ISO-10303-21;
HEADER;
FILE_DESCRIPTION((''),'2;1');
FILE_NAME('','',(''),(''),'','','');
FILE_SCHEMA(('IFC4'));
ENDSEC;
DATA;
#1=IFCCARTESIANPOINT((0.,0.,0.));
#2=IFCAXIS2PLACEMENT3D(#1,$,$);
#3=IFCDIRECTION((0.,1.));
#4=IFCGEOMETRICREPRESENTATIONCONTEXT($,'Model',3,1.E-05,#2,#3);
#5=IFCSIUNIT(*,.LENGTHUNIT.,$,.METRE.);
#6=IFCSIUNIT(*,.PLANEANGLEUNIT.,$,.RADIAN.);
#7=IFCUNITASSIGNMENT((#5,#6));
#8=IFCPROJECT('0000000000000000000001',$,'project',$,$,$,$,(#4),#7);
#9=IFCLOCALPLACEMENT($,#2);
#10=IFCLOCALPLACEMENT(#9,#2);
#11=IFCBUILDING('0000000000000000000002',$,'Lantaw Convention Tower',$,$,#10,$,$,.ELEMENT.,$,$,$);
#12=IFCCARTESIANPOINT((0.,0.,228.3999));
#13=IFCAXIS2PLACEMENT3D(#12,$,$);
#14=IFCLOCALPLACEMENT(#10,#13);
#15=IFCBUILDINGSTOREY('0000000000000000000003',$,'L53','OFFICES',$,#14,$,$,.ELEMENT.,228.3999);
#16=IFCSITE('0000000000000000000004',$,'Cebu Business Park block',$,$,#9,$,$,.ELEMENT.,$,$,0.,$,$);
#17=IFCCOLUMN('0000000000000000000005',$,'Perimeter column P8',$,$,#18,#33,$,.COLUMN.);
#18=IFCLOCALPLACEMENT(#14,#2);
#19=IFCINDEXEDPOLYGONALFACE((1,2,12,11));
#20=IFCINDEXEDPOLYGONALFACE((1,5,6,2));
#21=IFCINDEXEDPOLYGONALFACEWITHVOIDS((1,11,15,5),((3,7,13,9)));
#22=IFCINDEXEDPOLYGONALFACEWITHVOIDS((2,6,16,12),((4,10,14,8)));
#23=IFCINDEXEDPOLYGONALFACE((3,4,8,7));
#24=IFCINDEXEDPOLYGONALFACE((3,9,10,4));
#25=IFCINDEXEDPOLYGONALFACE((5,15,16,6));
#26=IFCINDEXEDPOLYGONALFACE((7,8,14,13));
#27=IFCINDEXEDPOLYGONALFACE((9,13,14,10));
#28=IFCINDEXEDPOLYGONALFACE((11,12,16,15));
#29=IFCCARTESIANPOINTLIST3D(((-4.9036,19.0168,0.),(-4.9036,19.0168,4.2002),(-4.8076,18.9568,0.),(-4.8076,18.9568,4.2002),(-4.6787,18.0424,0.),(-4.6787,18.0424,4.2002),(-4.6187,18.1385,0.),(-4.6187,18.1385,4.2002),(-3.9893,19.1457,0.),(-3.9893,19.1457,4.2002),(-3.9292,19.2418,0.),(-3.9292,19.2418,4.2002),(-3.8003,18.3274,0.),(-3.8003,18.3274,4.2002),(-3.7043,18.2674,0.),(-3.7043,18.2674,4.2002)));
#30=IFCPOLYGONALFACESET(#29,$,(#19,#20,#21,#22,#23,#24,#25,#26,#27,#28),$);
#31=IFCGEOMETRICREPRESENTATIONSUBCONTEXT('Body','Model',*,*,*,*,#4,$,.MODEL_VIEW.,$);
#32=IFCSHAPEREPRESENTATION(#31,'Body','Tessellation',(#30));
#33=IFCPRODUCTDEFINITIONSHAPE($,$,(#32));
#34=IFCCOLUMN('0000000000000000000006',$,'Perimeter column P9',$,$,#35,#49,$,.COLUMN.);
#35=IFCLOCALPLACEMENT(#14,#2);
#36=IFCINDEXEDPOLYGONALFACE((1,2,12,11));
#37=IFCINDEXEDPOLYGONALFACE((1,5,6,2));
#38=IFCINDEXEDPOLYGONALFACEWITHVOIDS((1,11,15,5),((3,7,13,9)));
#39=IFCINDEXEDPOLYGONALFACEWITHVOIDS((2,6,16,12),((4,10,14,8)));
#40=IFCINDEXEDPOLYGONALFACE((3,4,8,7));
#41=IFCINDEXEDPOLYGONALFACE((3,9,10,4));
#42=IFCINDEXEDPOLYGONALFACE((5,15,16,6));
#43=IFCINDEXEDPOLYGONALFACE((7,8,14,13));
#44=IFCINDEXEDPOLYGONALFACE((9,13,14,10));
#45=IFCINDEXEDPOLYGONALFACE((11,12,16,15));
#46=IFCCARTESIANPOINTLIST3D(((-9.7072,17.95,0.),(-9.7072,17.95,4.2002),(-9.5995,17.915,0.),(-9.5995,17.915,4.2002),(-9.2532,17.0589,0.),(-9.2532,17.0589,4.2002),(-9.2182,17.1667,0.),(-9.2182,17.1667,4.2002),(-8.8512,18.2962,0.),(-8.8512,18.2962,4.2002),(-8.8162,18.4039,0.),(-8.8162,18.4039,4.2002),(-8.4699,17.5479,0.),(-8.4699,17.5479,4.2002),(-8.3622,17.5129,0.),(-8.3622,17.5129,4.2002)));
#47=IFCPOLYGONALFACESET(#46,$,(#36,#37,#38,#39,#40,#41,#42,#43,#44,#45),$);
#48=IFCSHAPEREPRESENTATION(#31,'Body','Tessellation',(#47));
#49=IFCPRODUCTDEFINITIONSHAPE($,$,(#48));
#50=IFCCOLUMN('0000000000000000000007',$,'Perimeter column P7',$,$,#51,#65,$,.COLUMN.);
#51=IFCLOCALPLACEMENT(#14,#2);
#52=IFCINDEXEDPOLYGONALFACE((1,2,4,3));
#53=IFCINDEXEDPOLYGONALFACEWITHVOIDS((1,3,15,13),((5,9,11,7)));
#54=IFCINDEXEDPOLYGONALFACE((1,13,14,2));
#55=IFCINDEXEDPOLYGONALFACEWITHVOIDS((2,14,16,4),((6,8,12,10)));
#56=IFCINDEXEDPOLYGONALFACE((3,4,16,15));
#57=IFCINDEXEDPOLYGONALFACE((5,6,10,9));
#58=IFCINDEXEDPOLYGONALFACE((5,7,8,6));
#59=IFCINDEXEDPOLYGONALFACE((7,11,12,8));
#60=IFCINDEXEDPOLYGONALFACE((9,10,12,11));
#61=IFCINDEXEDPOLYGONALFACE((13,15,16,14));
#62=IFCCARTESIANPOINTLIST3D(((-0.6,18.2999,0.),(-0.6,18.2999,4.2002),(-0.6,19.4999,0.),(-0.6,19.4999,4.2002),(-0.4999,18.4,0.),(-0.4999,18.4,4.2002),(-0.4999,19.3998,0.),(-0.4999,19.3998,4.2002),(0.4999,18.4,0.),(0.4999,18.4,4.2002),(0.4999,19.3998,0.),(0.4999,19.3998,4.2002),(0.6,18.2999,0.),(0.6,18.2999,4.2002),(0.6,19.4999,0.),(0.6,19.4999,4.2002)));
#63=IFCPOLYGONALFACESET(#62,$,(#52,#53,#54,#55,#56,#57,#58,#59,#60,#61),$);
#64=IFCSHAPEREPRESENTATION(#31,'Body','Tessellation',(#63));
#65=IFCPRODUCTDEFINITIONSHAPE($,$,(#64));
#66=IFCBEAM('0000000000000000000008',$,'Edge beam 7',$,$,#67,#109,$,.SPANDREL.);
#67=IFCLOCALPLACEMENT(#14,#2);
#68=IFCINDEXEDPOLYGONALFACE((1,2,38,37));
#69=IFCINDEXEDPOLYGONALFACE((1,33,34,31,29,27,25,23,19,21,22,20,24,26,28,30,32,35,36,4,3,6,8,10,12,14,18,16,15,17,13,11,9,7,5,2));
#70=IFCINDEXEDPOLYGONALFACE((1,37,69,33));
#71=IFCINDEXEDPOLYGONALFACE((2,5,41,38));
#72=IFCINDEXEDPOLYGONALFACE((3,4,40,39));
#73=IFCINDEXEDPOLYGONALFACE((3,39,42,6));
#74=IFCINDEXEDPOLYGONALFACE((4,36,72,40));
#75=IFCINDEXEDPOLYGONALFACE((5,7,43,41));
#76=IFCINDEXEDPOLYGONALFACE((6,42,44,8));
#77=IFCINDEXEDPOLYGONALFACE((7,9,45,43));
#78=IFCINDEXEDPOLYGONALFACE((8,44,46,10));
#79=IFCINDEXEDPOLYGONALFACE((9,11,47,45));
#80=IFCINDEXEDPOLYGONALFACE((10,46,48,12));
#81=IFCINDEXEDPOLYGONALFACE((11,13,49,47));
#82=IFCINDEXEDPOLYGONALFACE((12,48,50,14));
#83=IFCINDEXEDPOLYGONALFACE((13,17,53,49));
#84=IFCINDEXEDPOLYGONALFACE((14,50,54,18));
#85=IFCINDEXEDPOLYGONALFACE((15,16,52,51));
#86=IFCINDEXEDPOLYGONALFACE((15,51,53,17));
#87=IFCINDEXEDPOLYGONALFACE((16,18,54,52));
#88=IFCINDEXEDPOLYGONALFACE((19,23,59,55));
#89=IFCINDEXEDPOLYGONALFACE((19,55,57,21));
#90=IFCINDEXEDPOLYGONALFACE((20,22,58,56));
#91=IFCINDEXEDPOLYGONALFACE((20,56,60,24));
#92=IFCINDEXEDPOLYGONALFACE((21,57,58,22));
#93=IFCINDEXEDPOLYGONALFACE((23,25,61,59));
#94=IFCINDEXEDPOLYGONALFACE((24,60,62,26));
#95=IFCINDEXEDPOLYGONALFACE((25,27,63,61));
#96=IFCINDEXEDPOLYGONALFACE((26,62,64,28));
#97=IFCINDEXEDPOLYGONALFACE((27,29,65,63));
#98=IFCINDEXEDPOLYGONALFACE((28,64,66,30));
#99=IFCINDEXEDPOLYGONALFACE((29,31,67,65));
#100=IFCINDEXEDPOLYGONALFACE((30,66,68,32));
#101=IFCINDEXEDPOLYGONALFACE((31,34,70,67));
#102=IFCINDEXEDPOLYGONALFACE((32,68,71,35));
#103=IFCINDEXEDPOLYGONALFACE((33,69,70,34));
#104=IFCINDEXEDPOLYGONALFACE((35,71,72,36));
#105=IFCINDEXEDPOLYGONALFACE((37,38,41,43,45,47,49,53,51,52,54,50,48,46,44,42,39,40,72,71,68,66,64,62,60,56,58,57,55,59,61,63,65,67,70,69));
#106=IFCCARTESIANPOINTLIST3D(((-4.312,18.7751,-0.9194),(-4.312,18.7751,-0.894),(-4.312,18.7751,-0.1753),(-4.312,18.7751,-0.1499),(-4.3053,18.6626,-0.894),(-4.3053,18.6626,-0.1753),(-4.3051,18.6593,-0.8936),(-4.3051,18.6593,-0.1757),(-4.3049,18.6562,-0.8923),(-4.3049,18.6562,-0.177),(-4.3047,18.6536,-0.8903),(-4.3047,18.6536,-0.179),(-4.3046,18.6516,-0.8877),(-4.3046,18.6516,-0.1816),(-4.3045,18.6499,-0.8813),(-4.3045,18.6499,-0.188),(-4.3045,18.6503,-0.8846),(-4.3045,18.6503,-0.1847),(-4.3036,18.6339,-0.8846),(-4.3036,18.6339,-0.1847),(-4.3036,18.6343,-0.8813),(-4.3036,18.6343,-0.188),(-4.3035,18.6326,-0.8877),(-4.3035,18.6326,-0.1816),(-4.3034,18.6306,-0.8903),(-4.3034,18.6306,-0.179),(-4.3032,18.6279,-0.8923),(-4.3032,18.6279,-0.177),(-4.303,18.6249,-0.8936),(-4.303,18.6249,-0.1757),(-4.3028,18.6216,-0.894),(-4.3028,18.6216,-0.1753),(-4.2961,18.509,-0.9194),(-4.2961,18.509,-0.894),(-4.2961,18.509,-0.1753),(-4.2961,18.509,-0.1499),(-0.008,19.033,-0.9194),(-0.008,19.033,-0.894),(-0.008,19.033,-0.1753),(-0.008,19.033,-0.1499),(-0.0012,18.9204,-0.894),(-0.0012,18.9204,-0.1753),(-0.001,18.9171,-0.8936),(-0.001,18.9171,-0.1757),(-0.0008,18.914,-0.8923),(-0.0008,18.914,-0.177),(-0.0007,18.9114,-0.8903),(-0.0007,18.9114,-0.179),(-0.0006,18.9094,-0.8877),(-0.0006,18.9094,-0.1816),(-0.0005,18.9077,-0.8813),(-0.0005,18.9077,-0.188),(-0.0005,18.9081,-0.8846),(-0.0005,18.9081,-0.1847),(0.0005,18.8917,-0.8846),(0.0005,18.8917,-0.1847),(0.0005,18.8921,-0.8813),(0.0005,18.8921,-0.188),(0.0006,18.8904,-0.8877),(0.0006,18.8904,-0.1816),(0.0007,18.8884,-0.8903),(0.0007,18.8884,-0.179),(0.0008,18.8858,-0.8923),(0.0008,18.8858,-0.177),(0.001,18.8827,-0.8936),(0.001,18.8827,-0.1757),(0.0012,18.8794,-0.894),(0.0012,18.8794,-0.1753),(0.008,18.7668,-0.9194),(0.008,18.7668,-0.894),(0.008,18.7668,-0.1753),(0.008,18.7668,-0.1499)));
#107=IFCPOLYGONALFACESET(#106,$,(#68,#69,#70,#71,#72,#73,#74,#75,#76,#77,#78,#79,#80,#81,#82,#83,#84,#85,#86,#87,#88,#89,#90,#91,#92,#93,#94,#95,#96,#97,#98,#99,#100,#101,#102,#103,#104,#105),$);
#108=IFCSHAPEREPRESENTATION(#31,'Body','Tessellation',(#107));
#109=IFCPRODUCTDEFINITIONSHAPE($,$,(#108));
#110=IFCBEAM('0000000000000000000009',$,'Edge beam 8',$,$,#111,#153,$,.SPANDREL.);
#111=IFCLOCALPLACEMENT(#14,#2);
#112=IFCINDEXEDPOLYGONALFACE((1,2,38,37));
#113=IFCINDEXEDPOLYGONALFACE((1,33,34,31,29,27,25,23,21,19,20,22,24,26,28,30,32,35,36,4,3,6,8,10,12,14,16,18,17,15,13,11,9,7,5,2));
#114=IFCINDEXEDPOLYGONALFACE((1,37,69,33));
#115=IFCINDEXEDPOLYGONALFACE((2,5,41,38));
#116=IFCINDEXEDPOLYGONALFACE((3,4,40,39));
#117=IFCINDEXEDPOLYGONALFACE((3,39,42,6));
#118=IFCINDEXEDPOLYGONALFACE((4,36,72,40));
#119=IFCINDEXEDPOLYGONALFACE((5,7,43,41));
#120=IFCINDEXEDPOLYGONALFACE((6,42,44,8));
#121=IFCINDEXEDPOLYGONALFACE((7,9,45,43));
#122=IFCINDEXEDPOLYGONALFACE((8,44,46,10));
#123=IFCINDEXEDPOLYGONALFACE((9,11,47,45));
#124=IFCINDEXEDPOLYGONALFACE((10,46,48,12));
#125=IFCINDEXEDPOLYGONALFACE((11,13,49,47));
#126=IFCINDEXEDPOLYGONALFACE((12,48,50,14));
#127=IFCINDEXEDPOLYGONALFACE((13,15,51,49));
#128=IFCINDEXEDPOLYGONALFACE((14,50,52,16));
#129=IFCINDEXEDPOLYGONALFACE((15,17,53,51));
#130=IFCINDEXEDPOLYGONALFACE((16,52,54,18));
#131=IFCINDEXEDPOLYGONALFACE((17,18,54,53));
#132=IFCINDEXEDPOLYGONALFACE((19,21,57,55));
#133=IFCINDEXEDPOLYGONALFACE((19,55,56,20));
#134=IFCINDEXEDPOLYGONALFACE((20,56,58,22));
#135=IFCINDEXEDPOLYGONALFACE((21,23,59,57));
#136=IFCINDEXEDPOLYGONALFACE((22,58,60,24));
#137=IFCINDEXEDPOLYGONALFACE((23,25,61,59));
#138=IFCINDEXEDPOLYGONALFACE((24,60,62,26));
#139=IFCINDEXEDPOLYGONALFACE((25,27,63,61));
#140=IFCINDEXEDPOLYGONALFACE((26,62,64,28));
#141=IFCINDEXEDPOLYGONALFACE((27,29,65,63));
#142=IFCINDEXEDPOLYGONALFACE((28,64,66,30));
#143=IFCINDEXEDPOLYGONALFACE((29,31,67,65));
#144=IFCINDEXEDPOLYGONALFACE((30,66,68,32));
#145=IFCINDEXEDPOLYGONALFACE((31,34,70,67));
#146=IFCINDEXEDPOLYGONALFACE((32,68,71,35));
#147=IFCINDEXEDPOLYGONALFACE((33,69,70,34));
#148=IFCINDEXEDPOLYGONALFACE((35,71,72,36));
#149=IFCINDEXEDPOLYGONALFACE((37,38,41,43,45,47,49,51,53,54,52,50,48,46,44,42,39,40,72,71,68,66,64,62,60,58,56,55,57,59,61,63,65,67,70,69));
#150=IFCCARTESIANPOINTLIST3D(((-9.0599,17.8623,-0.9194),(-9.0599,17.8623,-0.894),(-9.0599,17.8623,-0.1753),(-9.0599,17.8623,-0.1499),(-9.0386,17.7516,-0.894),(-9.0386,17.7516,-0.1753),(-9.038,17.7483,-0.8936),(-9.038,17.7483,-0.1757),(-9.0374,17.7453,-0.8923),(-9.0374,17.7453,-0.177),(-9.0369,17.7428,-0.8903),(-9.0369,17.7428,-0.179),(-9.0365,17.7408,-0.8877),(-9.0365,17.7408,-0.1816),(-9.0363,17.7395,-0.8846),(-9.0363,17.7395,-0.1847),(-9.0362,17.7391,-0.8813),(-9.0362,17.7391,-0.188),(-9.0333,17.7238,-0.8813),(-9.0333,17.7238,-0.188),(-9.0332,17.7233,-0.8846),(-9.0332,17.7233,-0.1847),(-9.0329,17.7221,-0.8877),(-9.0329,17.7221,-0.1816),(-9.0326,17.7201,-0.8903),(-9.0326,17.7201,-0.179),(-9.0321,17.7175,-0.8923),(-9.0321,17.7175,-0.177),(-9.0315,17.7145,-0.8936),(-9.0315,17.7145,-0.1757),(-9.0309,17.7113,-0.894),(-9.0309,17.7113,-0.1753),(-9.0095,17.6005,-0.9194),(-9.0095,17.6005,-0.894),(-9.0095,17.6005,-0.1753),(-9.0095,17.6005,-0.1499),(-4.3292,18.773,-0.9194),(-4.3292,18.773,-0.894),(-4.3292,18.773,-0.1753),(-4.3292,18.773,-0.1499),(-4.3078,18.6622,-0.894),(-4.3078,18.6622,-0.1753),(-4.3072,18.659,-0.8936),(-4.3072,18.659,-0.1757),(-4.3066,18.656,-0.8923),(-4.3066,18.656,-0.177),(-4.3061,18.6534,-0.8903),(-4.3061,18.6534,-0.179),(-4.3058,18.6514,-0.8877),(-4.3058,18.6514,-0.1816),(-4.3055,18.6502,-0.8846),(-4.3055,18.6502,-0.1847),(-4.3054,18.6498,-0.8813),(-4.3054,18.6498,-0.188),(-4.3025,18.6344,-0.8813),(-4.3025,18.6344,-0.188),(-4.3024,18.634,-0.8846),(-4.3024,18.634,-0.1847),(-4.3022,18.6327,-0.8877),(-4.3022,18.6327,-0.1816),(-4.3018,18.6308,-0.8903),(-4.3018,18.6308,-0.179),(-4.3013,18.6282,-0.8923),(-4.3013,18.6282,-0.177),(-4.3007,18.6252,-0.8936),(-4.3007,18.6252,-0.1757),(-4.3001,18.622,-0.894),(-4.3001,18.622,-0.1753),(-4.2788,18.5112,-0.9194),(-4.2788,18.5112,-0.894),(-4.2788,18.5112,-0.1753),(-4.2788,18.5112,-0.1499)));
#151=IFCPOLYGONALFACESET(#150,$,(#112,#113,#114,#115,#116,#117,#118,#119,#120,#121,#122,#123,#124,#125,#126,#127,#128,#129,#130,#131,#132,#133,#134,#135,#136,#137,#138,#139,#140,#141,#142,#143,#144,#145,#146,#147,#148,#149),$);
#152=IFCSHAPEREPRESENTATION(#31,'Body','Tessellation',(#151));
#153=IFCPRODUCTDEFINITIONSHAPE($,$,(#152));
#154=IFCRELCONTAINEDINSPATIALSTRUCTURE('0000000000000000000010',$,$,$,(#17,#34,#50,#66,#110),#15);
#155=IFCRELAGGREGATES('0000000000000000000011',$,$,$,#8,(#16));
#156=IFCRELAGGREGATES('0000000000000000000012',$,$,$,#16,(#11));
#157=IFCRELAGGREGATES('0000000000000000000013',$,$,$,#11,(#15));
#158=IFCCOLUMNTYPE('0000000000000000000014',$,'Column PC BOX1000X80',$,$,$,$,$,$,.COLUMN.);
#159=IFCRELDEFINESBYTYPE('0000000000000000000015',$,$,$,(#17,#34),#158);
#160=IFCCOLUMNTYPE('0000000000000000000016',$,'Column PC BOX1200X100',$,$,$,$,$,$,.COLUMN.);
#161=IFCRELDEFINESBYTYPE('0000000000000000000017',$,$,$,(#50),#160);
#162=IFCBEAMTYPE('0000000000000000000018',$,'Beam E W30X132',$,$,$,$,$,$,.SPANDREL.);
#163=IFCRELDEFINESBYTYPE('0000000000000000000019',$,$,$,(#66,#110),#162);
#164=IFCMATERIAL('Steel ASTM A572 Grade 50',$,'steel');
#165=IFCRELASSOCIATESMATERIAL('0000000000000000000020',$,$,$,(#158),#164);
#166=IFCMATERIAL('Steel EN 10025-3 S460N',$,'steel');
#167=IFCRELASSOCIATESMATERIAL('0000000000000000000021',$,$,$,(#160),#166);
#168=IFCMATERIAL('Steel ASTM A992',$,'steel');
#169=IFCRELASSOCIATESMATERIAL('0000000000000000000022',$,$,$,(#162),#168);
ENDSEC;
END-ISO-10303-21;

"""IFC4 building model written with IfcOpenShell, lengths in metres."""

from ifc_helpers import new_model, si_unit, direction, frame, origin, origin_2d, place, context, subcontext, project, spatial, rectangle, hollow_rectangle, i_section, extrude, material, material_profile, profile_set, type_object, element, save


model = new_model("IFC4")

# Units and contexts
model_context = context("Model", 3, precision=1e-05, world=origin(), true_north=direction((0.0, 1.0)))
body_context = subcontext(model_context, "Body", "Model", "MODEL_VIEW")
ifc_project = project(units=[si_unit("LENGTHUNIT", "METRE"), si_unit("PLANEANGLEUNIT", "RADIAN")], contexts=[model_context])

# Site, building, storey
site_placement = place(None, origin())
site = spatial("IfcSite", under=ifc_project, at=site_placement, Name="Cebu Business Park block", CompositionType="ELEMENT", RefElevation=0.0)
building_placement = place(site_placement, origin())
building = spatial("IfcBuilding", under=site, at=building_placement, Name="Lantaw Convention Tower", CompositionType="ELEMENT")
storey_placement = place(building_placement, frame((0.0, 0.0, 228.3999)))
storey = spatial("IfcBuildingStorey", under=building, at=storey_placement, Name="L53", Description="OFFICES", CompositionType="ELEMENT", Elevation=228.3999)

# Columns
ifc_material_1 = material(Name="Steel ASTM A572 Grade 50", Category="steel")
ifc_material_profile_1 = material_profile(ifc_material_1, hollow_rectangle(XDim=1.0, YDim=1.0, WallThickness=0.0801, at=origin_2d()), Name="BOX1000X80")
ifc_material_2 = material(Name="Concrete C60/75", Category="concrete")
ifc_material_profile_2 = material_profile(ifc_material_2, rectangle(XDim=0.8401, YDim=0.8401, at=origin_2d()), Name="Concrete fill of BOX1000X80")
ifc_profile_set_1 = profile_set([ifc_material_profile_1, ifc_material_profile_2], Name="Steel ASTM A572 Grade 50")
column_type_1 = type_object("IfcColumnType", Name="Column PC BOX1000X80", PredefinedType="COLUMN", material=ifc_profile_set_1)
for number, where, z_axis, x_axis, name in (
    (1, (-4.304, 18.6421, 0.0), (0.0, 0.0, 1.0), (0.97437, 0.224951, 0.0), "Perimeter column P8"),
    (2, (-9.0347, 17.7314, 0.0), (0.0, 0.0, 1.0), (0.891007, 0.45399, 0.0), "Perimeter column P9"),
):
    element("IfcColumn", number, at=place(storey_placement, frame(where, z_axis=z_axis, x_axis=x_axis)), inside=storey, type_object=column_type_1, Name=name, PredefinedType="COLUMN", context=body_context, shape_type="SweptSolid", body=[
        extrude(hollow_rectangle(XDim=1.0, YDim=1.0, WallThickness=0.0801, at=origin_2d()), origin(), (0.0, 0.0, 1.0), 4.2002),
    ])
ifc_material_3 = material(Name="Steel EN 10025-3 S460N", Category="steel")
ifc_material_profile_3 = material_profile(ifc_material_3, hollow_rectangle(XDim=1.2, YDim=1.2, WallThickness=0.1001, at=origin_2d()), Name="BOX1200X100")
ifc_material_profile_4 = material_profile(ifc_material_2, rectangle(XDim=1.0, YDim=1.0, at=origin_2d()), Name="Concrete fill of BOX1200X100")
ifc_profile_set_2 = profile_set([ifc_material_profile_3, ifc_material_profile_4], Name="Steel EN 10025-3 S460N")
column_type_2 = type_object("IfcColumnType", Name="Column PC BOX1200X100", PredefinedType="COLUMN", material=ifc_profile_set_2)
column_placement = place(storey_placement, frame((0.0, 18.8999, 0.0), z_axis=(0.0, 0.0, 1.0), x_axis=(1.0, 0.0, 0.0)))
element("IfcColumn", 3, at=column_placement, inside=storey, type_object=column_type_2, Name="Perimeter column P7", PredefinedType="COLUMN", context=body_context, shape_type="SweptSolid", body=[
    extrude(hollow_rectangle(XDim=1.2, YDim=1.2, WallThickness=0.1001, at=origin_2d()), origin(), (0.0, 0.0, 1.0), 4.2002),
])

# Beams
ifc_material_4 = material(Name="Steel ASTM A992", Category="steel")
ifc_material_profile_5 = material_profile(ifc_material_4, i_section(OverallWidth=0.2666, OverallDepth=0.7695, WebThickness=0.0156, FlangeThickness=0.0254, FilletRadius=0.0127, at=origin_2d()), Name="W30X132")
ifc_profile_set_3 = profile_set([ifc_material_profile_5], Name="Steel ASTM A992")
beam_type_1 = type_object("IfcBeamType", Name="Beam E W30X132", PredefinedType="SPANDREL", material=ifc_profile_set_3)
beam_1_placement = place(storey_placement, frame((0.0, 18.8999, -0.5347), z_axis=(-0.998211, -0.059794, 0.0), x_axis=(0.059794, -0.998211, 0.0)))
element("IfcBeam", 4, at=beam_1_placement, inside=storey, type_object=beam_type_1, Name="Edge beam 7", PredefinedType="SPANDREL", context=body_context, shape_type="SweptSolid", body=[
    extrude(i_section(OverallWidth=0.2666, OverallDepth=0.7695, WebThickness=0.0156, FlangeThickness=0.0254, FilletRadius=0.0127, at=origin_2d()), origin(), (0.0, 0.0, 1.0), 4.3118),
])
beam_2_placement = place(storey_placement, frame((-4.304, 18.6421, -0.5347), z_axis=(-0.981972, -0.189026, 0.0), x_axis=(0.189026, -0.981972, 0.0)))
element("IfcBeam", 5, at=beam_2_placement, inside=storey, type_object=beam_type_1, Name="Edge beam 8", PredefinedType="SPANDREL", context=body_context, shape_type="SweptSolid", body=[
    extrude(i_section(OverallWidth=0.2666, OverallDepth=0.7695, WebThickness=0.0156, FlangeThickness=0.0254, FilletRadius=0.0127, at=origin_2d()), origin(), (0.0, 0.0, 1.0), 4.8176),
])

save(model, "model.ifc")
